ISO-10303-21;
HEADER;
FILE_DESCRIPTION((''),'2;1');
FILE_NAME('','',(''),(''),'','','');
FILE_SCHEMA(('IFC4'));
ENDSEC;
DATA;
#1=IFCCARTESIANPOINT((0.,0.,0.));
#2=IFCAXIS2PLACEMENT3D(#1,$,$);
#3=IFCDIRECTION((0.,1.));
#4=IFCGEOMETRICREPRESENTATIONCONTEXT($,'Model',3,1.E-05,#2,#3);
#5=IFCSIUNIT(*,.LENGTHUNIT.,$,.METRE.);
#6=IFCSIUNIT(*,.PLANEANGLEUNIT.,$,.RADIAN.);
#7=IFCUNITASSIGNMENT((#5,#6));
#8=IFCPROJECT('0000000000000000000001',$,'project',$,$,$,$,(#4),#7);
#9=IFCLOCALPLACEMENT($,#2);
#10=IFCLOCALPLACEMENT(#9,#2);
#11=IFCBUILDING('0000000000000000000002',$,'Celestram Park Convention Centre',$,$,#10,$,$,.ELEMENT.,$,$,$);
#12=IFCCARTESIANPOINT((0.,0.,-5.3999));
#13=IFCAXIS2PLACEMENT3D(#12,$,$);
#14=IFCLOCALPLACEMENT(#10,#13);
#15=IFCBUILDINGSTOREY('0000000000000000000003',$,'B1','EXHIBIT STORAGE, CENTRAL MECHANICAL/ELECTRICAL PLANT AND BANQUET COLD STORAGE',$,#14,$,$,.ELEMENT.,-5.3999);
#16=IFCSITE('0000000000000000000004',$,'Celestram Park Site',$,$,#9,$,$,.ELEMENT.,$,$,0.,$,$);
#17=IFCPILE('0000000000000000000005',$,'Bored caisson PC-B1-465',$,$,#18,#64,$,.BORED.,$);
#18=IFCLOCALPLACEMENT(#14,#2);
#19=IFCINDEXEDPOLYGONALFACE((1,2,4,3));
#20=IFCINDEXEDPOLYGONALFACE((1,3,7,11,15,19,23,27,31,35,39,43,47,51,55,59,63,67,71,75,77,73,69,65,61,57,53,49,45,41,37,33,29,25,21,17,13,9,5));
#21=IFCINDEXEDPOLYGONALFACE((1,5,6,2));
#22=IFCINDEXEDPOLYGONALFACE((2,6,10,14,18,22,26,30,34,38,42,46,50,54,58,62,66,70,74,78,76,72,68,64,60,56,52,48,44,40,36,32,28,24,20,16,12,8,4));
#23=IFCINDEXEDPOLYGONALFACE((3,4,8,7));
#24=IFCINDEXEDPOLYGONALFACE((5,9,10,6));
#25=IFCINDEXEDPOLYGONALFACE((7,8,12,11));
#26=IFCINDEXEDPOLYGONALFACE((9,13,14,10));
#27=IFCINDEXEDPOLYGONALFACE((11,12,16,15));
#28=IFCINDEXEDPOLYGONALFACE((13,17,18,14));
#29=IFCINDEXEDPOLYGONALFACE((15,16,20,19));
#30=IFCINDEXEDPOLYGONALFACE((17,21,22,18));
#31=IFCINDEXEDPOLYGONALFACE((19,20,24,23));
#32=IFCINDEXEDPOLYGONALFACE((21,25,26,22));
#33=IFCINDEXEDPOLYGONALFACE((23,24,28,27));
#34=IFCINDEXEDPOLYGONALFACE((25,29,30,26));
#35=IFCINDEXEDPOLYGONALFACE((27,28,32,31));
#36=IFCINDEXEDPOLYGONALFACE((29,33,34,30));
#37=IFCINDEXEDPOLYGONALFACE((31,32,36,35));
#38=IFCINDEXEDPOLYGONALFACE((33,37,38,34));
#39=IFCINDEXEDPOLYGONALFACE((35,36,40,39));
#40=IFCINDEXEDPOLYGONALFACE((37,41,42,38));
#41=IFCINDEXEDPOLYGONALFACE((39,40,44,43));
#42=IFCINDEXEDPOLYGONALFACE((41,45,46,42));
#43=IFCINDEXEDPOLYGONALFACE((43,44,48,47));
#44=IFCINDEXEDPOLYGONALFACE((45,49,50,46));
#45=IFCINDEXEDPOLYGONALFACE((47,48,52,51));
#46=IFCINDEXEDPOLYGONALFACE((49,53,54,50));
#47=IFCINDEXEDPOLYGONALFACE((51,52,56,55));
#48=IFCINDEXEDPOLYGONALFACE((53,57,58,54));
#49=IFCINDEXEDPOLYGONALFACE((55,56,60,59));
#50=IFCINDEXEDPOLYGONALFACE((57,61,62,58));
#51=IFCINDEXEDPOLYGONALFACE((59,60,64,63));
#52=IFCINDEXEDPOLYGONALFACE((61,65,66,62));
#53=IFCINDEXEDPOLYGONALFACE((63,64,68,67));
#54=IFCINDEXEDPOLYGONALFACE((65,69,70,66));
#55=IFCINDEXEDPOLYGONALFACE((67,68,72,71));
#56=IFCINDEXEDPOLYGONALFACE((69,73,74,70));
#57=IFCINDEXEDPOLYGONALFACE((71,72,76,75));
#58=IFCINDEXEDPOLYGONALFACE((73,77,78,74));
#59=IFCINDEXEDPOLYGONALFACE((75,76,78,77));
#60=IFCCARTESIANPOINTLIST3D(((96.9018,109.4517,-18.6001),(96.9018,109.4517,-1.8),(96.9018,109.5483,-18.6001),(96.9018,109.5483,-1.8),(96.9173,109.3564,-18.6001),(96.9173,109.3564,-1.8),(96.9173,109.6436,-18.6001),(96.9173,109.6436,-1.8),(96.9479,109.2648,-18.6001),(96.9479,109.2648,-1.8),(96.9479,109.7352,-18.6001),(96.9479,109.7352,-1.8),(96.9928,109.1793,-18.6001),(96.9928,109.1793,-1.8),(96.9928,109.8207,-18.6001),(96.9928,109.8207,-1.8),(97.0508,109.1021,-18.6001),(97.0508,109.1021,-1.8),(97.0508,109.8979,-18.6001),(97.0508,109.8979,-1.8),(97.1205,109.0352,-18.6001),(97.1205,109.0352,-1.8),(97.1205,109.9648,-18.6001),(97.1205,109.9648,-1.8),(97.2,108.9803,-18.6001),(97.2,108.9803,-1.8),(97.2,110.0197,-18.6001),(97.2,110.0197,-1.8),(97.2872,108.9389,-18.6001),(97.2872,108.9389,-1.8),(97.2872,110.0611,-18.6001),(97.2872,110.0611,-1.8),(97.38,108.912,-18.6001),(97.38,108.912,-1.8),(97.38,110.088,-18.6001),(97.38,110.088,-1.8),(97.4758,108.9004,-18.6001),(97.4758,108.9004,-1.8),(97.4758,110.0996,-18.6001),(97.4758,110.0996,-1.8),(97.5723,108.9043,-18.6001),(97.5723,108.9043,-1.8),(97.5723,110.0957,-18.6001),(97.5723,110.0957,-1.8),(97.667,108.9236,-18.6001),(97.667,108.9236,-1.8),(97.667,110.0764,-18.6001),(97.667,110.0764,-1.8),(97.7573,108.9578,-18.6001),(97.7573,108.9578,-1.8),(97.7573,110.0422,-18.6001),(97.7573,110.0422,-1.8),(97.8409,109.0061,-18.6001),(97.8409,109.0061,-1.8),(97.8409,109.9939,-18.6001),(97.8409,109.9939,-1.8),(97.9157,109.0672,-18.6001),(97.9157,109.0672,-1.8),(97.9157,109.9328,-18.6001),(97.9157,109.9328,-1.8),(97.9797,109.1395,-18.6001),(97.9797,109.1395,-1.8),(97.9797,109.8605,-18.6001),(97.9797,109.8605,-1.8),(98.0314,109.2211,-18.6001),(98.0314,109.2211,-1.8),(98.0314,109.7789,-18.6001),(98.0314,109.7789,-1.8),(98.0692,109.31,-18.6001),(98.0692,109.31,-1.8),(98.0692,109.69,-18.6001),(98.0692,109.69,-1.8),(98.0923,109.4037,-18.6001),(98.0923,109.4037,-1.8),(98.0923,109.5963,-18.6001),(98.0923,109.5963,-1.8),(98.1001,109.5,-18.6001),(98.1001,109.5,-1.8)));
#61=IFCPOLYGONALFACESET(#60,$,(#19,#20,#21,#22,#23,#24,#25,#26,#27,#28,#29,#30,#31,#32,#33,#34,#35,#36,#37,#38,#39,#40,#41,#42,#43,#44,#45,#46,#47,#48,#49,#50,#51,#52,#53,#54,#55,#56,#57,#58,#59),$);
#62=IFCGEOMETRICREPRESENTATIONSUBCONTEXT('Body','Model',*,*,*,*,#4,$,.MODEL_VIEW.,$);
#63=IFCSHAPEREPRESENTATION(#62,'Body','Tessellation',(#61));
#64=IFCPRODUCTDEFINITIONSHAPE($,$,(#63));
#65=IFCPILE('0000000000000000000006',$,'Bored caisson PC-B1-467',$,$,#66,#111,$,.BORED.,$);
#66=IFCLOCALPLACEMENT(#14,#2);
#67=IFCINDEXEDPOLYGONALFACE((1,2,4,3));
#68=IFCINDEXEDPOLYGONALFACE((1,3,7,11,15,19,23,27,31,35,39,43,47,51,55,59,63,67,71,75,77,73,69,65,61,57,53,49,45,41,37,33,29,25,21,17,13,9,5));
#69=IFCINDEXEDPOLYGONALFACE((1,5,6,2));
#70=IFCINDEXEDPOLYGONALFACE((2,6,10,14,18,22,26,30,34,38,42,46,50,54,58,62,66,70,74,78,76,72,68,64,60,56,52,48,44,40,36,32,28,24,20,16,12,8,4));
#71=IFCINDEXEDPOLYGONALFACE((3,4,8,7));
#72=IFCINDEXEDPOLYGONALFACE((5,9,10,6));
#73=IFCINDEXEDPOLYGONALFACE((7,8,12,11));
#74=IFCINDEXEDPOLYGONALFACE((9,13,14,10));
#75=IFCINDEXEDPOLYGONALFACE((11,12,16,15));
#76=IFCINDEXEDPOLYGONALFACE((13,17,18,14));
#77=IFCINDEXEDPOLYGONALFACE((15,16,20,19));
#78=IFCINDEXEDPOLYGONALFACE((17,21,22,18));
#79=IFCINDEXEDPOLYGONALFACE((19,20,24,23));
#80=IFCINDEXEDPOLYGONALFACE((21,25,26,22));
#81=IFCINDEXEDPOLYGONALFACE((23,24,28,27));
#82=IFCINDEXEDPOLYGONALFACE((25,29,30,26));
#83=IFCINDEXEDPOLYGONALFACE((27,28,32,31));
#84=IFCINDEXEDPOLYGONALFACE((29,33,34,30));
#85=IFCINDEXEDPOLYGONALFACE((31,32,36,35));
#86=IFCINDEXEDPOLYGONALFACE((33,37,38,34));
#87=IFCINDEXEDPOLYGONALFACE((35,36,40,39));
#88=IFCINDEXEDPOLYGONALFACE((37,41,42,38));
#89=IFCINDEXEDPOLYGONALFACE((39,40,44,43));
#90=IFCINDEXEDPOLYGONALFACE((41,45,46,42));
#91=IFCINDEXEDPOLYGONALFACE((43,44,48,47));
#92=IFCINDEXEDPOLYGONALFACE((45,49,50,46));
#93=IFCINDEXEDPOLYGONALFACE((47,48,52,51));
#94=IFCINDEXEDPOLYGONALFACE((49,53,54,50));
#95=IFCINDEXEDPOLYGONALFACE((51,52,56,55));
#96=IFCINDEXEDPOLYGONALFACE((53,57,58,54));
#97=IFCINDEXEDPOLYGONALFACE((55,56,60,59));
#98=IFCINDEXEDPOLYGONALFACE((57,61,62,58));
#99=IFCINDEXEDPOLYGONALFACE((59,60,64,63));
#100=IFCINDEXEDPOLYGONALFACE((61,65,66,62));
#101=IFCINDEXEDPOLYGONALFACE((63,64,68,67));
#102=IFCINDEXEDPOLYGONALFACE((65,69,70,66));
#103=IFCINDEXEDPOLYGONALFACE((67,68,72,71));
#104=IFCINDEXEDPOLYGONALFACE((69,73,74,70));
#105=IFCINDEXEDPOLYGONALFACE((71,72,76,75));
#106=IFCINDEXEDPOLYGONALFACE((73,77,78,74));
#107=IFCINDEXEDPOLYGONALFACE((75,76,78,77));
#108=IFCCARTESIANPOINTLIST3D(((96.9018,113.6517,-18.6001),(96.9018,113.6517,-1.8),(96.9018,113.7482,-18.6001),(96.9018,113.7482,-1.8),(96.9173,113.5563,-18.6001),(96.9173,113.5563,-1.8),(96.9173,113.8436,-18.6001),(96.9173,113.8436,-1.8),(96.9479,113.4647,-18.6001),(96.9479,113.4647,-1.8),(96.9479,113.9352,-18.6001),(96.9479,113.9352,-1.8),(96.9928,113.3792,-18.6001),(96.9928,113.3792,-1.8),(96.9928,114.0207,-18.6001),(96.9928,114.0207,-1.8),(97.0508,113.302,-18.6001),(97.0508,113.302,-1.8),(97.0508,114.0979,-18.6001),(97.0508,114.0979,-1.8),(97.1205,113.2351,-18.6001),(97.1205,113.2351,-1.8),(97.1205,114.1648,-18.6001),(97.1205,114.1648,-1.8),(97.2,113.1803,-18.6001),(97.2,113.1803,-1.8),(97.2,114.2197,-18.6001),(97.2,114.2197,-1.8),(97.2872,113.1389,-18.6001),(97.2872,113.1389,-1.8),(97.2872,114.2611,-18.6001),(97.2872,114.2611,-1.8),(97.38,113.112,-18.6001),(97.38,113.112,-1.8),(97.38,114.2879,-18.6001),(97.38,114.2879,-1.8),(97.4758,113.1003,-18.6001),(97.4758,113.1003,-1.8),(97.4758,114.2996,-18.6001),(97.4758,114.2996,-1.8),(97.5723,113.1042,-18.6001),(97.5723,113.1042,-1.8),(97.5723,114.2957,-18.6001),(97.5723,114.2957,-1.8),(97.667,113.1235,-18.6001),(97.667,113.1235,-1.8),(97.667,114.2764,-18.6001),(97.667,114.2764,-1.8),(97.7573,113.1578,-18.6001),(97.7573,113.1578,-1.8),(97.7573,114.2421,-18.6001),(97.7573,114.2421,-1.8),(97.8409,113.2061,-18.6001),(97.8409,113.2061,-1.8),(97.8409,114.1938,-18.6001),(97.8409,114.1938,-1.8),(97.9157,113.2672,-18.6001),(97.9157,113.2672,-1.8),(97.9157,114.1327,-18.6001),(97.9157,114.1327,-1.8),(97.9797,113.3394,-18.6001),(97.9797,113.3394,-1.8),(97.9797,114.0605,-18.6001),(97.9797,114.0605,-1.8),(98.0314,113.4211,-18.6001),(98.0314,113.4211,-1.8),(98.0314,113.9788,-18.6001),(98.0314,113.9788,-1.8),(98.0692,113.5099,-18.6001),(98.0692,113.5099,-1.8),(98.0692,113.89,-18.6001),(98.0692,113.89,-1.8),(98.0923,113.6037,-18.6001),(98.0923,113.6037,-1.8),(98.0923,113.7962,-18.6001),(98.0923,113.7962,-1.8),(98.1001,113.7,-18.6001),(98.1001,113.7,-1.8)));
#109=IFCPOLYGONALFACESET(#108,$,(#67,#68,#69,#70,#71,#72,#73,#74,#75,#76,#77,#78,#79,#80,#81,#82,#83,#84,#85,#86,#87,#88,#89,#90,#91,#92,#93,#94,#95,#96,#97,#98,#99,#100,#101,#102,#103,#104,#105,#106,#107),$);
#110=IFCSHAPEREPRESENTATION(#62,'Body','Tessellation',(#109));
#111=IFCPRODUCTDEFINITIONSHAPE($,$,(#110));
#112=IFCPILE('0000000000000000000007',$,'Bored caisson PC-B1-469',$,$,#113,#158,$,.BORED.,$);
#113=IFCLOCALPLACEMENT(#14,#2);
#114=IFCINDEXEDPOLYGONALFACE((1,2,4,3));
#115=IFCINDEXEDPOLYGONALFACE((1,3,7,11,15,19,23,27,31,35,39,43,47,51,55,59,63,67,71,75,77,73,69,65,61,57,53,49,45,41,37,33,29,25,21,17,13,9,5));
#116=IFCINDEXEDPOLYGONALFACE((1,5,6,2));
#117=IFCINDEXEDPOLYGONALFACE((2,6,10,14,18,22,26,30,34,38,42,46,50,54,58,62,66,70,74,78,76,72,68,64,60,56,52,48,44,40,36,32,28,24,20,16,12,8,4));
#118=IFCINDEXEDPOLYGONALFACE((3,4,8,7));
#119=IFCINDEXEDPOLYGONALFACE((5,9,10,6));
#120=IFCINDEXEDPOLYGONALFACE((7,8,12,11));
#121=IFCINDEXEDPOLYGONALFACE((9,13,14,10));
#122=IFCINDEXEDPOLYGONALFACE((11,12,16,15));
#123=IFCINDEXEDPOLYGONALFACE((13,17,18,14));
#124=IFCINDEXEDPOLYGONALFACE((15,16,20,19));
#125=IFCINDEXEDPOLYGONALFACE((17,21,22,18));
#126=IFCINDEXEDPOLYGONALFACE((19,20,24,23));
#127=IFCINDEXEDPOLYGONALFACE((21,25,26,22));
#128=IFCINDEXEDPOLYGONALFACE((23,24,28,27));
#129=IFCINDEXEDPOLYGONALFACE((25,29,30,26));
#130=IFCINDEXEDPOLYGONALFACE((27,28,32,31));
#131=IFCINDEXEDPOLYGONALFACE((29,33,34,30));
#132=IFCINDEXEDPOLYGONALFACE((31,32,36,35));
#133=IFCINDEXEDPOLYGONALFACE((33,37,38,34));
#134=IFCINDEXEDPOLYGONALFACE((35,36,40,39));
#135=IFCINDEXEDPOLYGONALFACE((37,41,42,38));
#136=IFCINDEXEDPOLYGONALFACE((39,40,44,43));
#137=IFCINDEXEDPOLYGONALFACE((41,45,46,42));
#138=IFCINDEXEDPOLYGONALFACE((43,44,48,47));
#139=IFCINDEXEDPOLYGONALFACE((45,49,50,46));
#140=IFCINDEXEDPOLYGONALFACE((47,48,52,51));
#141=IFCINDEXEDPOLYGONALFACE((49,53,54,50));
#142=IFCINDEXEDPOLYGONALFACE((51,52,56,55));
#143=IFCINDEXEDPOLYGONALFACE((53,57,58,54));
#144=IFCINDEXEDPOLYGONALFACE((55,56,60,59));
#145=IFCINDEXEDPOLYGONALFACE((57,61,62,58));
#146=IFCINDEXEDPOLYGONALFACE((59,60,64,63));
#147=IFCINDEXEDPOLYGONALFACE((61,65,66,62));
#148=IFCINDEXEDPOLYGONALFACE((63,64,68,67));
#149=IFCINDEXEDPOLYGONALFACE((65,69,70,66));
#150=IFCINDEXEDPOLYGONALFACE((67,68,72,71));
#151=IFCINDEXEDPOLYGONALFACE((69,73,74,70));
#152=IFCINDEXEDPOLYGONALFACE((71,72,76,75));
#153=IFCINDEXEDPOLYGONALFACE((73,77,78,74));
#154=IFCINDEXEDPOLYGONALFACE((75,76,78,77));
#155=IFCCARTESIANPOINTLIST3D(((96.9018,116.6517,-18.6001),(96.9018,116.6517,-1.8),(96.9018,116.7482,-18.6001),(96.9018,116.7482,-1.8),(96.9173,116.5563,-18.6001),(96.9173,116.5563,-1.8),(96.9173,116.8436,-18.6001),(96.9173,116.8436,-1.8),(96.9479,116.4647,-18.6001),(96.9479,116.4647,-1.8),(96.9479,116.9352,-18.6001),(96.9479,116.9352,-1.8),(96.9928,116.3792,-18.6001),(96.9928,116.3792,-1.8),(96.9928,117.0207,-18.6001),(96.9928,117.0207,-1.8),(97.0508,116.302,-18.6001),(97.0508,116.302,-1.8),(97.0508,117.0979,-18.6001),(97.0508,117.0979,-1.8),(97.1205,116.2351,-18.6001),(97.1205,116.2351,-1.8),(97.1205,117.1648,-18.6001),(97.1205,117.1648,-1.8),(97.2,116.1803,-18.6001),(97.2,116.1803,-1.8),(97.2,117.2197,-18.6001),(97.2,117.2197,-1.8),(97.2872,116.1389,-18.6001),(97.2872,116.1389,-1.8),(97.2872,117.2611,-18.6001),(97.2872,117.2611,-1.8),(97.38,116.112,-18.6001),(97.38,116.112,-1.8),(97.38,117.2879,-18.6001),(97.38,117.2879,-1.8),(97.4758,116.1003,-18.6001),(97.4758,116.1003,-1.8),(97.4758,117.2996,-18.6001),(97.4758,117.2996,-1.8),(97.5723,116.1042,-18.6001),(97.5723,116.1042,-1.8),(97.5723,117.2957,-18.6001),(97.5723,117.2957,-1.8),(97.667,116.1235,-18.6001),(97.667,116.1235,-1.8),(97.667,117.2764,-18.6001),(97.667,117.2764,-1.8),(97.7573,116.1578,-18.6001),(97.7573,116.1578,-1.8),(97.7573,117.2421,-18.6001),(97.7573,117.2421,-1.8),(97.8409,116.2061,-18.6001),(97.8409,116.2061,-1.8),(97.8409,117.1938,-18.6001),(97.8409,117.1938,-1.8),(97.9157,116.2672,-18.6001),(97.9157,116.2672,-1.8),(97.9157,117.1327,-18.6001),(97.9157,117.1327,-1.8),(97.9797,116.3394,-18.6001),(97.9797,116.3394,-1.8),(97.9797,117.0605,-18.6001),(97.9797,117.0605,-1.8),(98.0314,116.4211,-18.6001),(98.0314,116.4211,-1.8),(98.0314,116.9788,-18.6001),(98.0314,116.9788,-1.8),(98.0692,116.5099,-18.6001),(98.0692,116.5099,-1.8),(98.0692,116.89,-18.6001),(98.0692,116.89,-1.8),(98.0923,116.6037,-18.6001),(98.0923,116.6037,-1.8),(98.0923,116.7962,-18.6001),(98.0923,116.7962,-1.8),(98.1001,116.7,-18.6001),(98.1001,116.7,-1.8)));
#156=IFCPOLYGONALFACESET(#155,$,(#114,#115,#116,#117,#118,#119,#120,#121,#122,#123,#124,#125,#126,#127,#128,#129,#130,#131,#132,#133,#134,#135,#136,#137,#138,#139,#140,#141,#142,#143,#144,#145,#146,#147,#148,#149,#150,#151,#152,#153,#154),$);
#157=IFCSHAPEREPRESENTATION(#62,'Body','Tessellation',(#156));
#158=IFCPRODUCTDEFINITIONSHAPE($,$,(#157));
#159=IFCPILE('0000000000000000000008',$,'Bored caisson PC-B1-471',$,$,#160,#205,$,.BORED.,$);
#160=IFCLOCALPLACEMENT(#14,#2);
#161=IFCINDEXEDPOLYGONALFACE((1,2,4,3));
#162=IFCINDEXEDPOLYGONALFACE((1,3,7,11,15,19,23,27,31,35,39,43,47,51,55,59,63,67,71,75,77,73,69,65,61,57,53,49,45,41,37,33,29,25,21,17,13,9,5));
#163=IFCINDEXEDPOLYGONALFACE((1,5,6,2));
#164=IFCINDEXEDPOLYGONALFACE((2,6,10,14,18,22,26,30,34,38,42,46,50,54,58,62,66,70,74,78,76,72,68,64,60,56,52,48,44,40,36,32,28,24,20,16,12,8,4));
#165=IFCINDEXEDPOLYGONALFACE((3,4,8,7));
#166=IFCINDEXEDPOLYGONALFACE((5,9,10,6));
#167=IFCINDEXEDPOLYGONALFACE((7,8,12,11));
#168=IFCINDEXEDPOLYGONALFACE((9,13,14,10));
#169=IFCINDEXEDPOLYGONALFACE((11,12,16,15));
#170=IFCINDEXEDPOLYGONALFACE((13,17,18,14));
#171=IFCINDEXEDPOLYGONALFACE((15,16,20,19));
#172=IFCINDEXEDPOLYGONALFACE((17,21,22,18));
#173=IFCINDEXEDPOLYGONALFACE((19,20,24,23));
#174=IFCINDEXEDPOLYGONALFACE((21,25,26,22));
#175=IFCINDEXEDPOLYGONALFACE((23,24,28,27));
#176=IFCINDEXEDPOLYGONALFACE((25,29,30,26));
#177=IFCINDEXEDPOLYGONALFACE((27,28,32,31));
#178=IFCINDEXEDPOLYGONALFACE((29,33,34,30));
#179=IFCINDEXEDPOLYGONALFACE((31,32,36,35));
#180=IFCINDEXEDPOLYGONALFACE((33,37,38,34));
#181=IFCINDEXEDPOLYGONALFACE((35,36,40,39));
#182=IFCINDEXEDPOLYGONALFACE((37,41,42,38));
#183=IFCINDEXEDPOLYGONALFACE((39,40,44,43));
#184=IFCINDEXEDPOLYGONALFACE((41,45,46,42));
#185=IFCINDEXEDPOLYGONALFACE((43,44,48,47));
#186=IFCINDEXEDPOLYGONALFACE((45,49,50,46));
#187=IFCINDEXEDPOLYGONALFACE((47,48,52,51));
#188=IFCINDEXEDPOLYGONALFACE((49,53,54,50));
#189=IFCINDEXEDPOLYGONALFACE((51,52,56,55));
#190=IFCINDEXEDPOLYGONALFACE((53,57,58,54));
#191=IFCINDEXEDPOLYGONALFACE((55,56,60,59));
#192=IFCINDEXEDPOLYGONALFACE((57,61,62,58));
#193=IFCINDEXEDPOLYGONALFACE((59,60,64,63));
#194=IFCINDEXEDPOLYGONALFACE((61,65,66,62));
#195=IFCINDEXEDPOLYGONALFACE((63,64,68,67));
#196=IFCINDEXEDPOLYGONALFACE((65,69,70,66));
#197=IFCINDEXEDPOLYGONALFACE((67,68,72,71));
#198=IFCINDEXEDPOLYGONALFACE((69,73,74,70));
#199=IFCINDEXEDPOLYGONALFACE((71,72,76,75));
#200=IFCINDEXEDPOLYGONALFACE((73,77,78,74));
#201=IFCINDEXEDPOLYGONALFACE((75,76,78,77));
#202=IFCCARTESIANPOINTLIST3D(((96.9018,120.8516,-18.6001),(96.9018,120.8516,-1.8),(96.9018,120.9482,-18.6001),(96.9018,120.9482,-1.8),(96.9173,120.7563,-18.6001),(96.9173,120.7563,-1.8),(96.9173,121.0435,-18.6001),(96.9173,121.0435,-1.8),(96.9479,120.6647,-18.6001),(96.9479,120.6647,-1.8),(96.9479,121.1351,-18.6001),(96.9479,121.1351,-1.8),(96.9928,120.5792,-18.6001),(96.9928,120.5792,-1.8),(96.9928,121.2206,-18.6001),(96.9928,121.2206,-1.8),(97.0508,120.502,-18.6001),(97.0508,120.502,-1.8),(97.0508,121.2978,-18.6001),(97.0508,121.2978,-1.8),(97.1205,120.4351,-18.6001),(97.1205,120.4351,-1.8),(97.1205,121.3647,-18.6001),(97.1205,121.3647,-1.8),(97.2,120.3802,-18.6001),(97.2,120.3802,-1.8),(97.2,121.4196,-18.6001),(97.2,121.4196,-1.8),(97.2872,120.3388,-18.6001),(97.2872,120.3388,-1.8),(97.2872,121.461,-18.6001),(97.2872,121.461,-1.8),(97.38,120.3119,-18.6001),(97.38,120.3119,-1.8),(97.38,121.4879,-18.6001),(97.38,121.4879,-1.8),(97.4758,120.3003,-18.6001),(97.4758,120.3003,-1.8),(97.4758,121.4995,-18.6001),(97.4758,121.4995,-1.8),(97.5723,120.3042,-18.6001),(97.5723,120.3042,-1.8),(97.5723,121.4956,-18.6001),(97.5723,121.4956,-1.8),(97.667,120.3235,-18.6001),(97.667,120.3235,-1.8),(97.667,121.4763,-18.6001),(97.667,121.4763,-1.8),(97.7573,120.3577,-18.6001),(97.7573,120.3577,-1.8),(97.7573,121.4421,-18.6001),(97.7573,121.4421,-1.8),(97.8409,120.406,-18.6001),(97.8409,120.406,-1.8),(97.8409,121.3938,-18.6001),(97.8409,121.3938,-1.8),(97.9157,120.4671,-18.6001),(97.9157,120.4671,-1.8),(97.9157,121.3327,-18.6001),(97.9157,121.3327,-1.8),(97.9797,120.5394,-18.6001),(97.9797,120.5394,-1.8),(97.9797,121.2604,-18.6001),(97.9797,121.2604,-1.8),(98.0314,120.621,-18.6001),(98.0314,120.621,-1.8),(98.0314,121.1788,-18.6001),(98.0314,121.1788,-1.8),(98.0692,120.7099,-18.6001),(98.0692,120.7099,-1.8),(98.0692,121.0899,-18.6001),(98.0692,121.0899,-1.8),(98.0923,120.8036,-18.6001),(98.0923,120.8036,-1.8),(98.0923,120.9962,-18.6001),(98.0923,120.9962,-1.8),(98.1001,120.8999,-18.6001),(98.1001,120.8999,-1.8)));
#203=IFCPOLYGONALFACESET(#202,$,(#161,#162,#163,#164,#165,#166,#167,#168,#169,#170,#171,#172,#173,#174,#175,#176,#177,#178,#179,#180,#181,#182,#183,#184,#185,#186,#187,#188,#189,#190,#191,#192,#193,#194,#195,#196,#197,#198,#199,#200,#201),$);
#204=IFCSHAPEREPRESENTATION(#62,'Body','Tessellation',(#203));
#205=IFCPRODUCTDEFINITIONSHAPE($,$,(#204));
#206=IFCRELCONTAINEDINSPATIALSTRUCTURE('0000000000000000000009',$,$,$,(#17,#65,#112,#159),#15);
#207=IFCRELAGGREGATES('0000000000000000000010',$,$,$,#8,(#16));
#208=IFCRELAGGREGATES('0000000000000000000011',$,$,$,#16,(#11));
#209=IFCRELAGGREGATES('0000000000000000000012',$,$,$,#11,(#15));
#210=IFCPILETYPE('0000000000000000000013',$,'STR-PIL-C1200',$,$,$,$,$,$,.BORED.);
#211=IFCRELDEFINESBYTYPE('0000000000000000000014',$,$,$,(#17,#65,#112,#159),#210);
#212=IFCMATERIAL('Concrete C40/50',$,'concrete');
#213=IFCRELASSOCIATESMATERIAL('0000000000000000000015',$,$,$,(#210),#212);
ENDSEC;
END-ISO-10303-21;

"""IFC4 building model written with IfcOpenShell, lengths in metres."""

from ifc_helpers import new_model, si_unit, direction, frame, origin, origin_2d, place, context, subcontext, project, spatial, circle, extrude, material, material_profile, profile_set, type_object, element, save


model = new_model("IFC4")

# Units and contexts
model_context = context("Model", 3, precision=1e-05, world=origin(), true_north=direction((0.0, 1.0)))
body_context = subcontext(model_context, "Body", "Model", "MODEL_VIEW")
ifc_project = project(units=[si_unit("LENGTHUNIT", "METRE"), si_unit("PLANEANGLEUNIT", "RADIAN")], contexts=[model_context])

# Site, building, storey
site_placement = place(None, origin())
site = spatial("IfcSite", under=ifc_project, at=site_placement, Name="Celestram Park Site", CompositionType="ELEMENT", RefElevation=0.0)
building_placement = place(site_placement, origin())
building = spatial("IfcBuilding", under=site, at=building_placement, Name="Celestram Park Convention Centre", CompositionType="ELEMENT")
storey_placement = place(building_placement, frame((0.0, 0.0, -5.3999)))
storey = spatial("IfcBuildingStorey", under=building, at=storey_placement, Name="B1", Description="EXHIBIT STORAGE, CENTRAL MECHANICAL/ELECTRICAL PLANT AND BANQUET COLD STORAGE", CompositionType="ELEMENT", Elevation=-5.3999)

# Shared definitions
ifc_material_1 = material(Name="Concrete C40/50", Category="concrete")

# Piles
ifc_material_profile_1 = material_profile(ifc_material_1, circle(Radius=0.6001, at=origin_2d()), Name="CAISSON1200")
ifc_profile_set_1 = profile_set([ifc_material_profile_1], Name="Concrete C40/50")
pile_type_1 = type_object("IfcPileType", Name="STR-PIL-C1200", PredefinedType="BORED", material=ifc_profile_set_1)
for number, where, z_axis, x_axis, name in (
    (1, (97.5, 109.5, -1.8), (0.0, 0.0, -1.0), (1.0, 0.0, 0.0), "Bored caisson PC-B1-465"),
    (2, (97.5, 113.7, -1.8), (0.0, 0.0, -1.0), (1.0, 0.0, 0.0), "Bored caisson PC-B1-467"),
    (3, (97.5, 116.7, -1.8), (0.0, 0.0, -1.0), (1.0, 0.0, 0.0), "Bored caisson PC-B1-469"),
    (4, (97.5, 120.8999, -1.8), (0.0, 0.0, -1.0), (1.0, 0.0, 0.0), "Bored caisson PC-B1-471"),
):
    element("IfcPile", number, at=place(storey_placement, frame(where, z_axis=z_axis, x_axis=x_axis)), inside=storey, type_object=pile_type_1, Name=name, PredefinedType="BORED", context=body_context, shape_type="SweptSolid", body=[
        extrude(circle(Radius=0.6001, at=origin_2d()), origin(), (0.0, 0.0, 1.0), 16.8),
    ])

save(model, "model.ifc")
